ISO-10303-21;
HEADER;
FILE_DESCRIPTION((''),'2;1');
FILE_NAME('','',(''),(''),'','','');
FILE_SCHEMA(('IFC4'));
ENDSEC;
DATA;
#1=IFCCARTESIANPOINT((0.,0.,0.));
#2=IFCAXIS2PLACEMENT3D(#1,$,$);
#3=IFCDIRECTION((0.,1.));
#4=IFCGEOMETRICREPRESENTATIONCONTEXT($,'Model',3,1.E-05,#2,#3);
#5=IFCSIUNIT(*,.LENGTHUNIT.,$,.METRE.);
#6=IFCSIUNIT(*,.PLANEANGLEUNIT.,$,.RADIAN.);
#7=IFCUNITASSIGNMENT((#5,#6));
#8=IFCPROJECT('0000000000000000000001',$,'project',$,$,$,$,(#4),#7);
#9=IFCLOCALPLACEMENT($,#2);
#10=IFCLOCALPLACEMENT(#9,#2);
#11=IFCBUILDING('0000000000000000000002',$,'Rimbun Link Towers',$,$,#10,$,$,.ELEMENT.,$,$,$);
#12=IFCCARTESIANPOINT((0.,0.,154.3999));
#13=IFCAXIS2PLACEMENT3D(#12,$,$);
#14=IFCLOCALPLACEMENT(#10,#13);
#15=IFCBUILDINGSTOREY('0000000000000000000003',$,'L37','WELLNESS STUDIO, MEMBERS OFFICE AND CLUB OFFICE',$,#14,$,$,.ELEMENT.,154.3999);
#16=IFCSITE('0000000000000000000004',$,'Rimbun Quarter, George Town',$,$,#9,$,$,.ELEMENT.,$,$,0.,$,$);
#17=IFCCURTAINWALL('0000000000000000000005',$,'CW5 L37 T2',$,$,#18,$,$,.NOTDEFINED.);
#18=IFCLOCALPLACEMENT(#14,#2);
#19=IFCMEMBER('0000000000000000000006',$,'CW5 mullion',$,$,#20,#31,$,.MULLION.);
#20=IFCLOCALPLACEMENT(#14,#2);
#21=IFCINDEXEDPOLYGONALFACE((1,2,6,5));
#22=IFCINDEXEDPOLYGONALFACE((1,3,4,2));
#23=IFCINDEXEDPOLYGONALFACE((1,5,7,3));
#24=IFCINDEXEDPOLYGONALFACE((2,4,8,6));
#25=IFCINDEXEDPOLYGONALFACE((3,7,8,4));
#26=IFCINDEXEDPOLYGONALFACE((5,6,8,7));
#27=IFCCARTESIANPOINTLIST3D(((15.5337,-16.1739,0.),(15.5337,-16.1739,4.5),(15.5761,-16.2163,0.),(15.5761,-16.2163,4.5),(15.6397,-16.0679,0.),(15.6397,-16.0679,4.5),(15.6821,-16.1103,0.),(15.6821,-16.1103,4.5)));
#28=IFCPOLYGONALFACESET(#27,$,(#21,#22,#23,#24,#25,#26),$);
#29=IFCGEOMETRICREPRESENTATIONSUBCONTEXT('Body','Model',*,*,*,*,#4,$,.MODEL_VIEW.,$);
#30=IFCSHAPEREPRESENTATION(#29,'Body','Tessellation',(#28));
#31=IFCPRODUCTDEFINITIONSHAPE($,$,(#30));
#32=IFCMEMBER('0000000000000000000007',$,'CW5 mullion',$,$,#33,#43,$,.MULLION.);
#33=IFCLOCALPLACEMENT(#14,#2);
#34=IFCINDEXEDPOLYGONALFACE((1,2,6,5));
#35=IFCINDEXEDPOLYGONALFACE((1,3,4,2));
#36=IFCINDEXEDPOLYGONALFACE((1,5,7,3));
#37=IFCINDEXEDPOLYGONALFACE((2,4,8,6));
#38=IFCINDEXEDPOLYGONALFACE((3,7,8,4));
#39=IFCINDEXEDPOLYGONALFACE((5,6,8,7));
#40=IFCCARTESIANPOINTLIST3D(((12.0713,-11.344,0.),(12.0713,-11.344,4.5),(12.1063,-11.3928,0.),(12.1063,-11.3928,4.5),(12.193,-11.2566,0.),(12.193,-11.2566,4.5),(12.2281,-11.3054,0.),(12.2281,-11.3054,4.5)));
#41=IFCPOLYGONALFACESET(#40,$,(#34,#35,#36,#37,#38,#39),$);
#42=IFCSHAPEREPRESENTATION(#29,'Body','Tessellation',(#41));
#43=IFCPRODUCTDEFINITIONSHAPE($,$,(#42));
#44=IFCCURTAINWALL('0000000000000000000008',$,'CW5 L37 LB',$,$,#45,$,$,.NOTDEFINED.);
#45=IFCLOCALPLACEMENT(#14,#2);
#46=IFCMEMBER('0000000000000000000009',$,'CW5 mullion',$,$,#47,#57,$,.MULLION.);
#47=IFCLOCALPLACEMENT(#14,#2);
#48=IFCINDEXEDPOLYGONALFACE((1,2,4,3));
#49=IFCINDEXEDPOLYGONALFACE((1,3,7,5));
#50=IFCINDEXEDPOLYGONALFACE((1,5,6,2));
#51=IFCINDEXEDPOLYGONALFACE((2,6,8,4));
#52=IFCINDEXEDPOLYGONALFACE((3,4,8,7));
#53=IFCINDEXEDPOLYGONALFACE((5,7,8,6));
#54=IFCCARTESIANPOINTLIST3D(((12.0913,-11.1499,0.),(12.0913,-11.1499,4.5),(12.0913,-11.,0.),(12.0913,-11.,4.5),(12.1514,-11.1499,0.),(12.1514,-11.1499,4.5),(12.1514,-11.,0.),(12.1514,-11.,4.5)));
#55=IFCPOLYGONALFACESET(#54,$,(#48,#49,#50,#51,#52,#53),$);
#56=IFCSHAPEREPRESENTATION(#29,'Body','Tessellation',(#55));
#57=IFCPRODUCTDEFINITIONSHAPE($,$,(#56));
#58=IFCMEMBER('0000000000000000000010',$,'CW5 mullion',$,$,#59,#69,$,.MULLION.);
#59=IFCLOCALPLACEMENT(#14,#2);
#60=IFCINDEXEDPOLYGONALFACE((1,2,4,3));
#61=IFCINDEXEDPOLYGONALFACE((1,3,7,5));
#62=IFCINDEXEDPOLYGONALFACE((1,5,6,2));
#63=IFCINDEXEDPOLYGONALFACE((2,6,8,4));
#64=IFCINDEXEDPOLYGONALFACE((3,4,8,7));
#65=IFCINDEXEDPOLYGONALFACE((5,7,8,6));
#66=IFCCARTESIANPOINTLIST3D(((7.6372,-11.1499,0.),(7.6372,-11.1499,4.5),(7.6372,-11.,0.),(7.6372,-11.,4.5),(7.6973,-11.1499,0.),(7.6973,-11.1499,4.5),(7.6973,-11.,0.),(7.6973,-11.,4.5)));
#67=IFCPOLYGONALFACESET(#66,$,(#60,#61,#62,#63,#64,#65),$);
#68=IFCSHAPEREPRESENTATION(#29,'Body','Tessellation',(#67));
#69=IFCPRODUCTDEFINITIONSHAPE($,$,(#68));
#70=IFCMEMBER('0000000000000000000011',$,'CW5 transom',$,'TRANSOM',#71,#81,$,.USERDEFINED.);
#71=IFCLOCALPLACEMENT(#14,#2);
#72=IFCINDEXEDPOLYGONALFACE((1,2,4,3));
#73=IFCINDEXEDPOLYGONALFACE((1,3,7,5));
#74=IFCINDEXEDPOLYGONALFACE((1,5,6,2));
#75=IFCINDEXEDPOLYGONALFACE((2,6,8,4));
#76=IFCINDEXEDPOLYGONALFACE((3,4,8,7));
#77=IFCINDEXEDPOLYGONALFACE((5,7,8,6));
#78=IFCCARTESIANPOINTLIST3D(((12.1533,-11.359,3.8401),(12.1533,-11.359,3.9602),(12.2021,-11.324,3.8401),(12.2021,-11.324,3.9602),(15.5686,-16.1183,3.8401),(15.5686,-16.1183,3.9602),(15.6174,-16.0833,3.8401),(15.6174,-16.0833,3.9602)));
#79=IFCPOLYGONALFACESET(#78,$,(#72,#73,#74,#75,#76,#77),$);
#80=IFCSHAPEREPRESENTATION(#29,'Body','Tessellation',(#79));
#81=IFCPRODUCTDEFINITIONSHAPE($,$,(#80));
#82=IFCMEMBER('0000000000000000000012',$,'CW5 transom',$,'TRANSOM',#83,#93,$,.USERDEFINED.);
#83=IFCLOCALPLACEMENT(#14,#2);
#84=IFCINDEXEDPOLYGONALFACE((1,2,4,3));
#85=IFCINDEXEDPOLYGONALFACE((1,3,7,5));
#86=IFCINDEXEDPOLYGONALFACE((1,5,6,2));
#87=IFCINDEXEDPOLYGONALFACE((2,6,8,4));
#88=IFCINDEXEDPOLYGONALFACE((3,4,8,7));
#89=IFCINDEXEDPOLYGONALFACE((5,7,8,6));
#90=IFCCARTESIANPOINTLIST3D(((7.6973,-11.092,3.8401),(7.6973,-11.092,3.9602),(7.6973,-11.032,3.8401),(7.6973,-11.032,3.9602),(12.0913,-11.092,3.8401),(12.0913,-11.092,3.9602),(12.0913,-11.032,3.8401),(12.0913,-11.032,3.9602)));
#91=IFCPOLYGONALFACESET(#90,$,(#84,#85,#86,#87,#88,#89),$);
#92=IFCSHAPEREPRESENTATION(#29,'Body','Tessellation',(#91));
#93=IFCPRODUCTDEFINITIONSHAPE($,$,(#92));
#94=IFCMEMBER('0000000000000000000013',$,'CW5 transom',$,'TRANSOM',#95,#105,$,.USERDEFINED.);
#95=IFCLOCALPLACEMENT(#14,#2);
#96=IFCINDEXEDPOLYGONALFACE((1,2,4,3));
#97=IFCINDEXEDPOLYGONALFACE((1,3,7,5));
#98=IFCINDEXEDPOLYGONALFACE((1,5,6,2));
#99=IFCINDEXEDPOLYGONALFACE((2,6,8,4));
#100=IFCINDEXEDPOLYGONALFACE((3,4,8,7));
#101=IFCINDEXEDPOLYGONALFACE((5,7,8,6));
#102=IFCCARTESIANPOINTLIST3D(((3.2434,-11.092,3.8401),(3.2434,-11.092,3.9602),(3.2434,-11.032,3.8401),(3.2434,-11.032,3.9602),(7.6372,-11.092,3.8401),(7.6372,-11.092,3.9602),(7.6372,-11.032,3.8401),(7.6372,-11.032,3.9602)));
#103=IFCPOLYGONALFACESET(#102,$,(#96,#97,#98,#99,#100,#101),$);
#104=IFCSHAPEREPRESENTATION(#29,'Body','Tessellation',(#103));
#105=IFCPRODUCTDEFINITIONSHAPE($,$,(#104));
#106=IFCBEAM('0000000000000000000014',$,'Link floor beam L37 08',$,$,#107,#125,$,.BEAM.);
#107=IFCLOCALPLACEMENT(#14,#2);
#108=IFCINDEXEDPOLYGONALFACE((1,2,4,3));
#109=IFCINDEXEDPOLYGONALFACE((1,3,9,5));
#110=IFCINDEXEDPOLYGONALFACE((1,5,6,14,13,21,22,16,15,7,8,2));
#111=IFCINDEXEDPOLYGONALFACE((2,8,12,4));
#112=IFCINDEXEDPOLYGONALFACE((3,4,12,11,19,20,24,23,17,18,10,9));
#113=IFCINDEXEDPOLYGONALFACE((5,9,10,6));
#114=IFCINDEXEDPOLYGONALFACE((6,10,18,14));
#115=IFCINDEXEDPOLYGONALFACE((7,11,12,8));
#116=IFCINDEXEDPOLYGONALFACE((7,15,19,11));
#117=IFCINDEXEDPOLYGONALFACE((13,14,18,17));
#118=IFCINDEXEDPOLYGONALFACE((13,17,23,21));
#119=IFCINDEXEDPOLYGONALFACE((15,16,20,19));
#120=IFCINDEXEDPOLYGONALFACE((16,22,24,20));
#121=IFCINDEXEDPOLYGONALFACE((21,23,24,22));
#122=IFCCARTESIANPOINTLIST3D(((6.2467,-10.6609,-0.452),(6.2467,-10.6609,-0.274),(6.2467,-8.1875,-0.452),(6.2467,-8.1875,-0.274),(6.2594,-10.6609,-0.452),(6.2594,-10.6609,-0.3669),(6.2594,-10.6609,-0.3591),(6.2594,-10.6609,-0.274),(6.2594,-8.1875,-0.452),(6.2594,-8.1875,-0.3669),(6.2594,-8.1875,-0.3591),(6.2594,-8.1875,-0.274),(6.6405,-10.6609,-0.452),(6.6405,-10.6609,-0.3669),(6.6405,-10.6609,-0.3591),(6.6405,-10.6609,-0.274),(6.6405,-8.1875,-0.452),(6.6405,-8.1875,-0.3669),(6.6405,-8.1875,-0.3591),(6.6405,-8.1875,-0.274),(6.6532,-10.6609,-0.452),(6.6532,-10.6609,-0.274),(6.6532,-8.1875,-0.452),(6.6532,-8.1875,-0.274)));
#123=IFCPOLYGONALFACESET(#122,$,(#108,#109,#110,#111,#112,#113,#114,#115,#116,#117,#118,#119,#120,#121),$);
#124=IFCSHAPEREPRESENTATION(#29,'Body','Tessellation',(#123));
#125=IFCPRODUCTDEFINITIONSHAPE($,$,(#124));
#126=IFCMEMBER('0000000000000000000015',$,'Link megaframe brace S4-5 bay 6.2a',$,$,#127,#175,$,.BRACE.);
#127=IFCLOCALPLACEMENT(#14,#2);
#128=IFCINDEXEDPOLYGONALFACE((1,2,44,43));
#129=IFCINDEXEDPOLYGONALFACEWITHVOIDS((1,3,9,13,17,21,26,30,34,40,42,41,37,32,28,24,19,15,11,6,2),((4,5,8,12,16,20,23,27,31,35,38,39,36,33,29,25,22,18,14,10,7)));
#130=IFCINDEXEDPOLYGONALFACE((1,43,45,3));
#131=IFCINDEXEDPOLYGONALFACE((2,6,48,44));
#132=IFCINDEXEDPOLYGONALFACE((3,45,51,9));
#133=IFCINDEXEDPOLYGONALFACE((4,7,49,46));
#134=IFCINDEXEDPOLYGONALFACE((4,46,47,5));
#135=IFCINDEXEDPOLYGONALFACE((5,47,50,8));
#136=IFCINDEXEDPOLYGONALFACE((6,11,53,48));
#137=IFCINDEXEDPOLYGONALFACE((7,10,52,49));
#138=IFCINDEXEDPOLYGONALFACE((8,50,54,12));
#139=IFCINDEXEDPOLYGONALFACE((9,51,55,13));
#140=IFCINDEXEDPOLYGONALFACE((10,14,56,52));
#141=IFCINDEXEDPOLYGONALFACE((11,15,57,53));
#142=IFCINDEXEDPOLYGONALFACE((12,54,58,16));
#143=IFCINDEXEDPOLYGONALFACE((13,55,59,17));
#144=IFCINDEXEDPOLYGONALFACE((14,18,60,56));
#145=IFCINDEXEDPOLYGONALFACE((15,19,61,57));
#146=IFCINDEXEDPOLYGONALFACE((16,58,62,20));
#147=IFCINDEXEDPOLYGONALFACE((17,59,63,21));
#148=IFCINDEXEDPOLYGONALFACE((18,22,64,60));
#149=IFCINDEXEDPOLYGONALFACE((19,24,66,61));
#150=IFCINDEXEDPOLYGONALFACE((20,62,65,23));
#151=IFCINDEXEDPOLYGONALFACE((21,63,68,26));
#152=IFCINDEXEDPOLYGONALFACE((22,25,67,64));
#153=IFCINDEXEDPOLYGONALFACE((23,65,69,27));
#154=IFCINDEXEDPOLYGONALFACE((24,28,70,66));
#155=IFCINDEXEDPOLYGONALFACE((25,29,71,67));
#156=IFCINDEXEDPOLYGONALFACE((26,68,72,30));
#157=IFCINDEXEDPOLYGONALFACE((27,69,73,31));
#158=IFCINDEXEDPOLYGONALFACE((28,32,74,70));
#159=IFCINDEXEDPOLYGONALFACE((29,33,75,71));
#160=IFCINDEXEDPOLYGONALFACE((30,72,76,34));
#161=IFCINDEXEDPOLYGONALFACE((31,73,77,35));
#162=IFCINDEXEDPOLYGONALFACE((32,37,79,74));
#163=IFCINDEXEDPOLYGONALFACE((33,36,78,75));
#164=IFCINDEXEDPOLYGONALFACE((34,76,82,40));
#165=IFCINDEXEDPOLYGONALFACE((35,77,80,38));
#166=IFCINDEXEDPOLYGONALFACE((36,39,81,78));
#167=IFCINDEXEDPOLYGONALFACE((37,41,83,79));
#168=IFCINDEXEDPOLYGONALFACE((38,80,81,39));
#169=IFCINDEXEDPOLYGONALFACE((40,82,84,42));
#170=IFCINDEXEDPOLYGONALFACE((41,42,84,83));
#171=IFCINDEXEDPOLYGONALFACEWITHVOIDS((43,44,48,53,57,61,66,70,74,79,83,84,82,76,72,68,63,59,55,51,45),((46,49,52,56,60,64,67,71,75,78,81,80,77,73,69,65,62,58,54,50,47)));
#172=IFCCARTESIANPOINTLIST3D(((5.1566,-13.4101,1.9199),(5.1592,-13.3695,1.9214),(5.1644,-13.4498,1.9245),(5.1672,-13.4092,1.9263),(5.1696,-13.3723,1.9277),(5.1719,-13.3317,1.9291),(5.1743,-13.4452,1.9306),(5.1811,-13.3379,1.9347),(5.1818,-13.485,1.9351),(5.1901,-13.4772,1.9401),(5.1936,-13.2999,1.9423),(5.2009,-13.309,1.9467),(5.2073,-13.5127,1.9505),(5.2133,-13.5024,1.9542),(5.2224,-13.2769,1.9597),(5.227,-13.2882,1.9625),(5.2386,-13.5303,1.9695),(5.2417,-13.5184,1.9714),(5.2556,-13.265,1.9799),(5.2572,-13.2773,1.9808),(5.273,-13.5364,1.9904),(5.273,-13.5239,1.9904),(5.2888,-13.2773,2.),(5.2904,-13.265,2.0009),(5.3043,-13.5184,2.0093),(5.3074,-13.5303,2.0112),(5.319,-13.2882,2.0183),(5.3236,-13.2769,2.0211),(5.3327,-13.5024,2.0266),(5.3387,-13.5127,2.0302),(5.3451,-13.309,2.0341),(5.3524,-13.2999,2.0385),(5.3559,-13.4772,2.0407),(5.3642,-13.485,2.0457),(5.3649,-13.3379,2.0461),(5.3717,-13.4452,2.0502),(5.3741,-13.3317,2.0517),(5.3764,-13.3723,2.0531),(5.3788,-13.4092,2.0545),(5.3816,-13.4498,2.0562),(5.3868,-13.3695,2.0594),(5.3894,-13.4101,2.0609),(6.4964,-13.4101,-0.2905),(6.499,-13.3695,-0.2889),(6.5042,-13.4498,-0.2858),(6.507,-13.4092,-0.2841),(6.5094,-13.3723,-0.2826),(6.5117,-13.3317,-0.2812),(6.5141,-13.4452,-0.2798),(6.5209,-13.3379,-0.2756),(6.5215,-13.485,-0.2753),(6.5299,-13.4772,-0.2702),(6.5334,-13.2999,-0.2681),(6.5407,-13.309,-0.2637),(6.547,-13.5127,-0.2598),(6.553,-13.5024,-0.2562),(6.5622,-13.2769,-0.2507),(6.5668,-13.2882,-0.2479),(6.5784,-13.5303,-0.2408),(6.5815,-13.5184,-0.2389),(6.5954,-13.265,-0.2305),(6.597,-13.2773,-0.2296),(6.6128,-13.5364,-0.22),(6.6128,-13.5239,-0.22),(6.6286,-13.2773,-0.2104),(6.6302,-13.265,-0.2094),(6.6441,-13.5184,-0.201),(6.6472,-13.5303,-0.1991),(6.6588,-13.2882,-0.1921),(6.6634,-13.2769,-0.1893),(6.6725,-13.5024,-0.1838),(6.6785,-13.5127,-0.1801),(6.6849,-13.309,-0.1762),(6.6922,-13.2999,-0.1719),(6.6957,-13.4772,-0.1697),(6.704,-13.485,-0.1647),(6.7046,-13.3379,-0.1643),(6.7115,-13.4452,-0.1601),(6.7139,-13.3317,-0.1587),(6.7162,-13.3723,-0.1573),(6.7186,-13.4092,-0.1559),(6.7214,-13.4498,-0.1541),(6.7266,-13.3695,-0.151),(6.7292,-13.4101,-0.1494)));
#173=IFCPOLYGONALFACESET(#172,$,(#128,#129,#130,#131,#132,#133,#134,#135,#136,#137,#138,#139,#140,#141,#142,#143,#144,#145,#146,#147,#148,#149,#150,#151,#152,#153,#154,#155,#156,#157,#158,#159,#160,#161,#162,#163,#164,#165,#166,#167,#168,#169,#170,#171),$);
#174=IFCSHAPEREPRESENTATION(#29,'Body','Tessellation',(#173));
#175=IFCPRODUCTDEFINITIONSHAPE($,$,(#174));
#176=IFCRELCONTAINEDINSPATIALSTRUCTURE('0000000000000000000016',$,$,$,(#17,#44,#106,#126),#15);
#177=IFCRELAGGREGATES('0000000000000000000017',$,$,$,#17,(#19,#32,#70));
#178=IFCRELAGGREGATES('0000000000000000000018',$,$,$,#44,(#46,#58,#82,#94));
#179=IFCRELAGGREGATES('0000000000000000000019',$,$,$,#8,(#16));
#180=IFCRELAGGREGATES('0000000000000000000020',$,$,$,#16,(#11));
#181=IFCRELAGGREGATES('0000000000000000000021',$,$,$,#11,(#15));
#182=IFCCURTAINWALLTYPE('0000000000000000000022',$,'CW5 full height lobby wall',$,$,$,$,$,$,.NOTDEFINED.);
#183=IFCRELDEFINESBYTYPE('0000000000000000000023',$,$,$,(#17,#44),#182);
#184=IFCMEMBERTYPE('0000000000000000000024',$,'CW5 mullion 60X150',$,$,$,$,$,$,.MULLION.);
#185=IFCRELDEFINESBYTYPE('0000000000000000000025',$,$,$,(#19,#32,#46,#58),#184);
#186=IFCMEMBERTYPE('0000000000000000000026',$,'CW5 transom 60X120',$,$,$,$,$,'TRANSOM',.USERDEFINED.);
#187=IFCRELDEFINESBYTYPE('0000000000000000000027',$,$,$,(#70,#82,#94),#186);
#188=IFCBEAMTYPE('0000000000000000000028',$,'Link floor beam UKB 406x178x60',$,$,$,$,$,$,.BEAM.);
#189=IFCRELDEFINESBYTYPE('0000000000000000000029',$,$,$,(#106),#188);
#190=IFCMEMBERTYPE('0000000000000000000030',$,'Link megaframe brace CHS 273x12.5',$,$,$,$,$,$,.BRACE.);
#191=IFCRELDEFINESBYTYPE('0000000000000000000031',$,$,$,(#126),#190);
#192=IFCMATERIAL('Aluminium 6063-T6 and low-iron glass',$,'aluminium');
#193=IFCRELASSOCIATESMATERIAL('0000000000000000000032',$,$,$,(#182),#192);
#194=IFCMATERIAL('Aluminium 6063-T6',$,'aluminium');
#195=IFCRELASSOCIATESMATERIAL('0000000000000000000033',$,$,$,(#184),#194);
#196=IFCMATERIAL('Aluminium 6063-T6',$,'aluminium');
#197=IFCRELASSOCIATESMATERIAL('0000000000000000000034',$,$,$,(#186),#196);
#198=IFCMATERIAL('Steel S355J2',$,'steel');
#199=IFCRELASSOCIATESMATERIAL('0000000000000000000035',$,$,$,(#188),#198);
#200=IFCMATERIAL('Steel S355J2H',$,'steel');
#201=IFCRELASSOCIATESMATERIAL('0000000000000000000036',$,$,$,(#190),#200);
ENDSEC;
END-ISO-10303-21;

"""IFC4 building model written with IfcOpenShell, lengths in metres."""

from ifc_helpers import new_model, si_unit, direction, frame, origin, origin_2d, place, context, subcontext, project, spatial, rectangle, hollow_circle, i_section, extrude, material, material_profile, profile_set, type_object, element, aggregate, save


model = new_model("IFC4")

# Units and contexts
model_context = context("Model", 3, precision=1e-05, world=origin(), true_north=direction((0.0, 1.0)))
body_context = subcontext(model_context, "Body", "Model", "MODEL_VIEW")
ifc_project = project(units=[si_unit("LENGTHUNIT", "METRE"), si_unit("PLANEANGLEUNIT", "RADIAN")], contexts=[model_context])

# Site, building, storey
site_placement = place(None, origin())
site = spatial("IfcSite", under=ifc_project, at=site_placement, Name="Rimbun Quarter, George Town", CompositionType="ELEMENT", RefElevation=0.0)
building_placement = place(site_placement, origin())
building = spatial("IfcBuilding", under=site, at=building_placement, Name="Rimbun Link Towers", CompositionType="ELEMENT")
storey_placement = place(building_placement, frame((0.0, 0.0, 154.3999)))
storey = spatial("IfcBuildingStorey", under=building, at=storey_placement, Name="L37", Description="WELLNESS STUDIO, MEMBERS OFFICE AND CLUB OFFICE", CompositionType="ELEMENT", Elevation=154.3999)

# Curtain walls, members
ifc_material_1 = material(Name="Aluminium 6063-T6 and low-iron glass", Category="aluminium")
curtain_wall_type = type_object("IfcCurtainWallType", Name="CW5 full height lobby wall", PredefinedType="NOTDEFINED", material=ifc_material_1)
curtain_wall_1_placement = place(storey_placement, origin())
curtain_wall_1 = element("IfcCurtainWall", 1, at=curtain_wall_1_placement, inside=storey, type_object=curtain_wall_type, Name="CW5 L37 T2", PredefinedType="NOTDEFINED")
ifc_material_2 = material(Name="Aluminium 6063-T6", Category="aluminium")
ifc_material_profile_1 = material_profile(ifc_material_2, rectangle(XDim=0.1499, YDim=0.0601, at=origin_2d()), Name="MULLION 60X150")
ifc_profile_set_1 = profile_set([ifc_material_profile_1], Name="Aluminium 6063-T6")
member_type_1 = type_object("IfcMemberType", Name="CW5 mullion 60X150", PredefinedType="MULLION", material=ifc_profile_set_1)
member_1_placement = place(storey_placement, frame((15.6079, -16.1421, 0.0), z_axis=(0.0, 0.0, 1.0), x_axis=(-0.707107, -0.707107, 0.0)))
member_1 = element("IfcMember", 2, at=member_1_placement, type_object=member_type_1, Name="CW5 mullion", PredefinedType="MULLION", context=body_context, shape_type="SweptSolid", body=[
    extrude(rectangle(XDim=0.1499, YDim=0.0601, at=origin_2d()), origin(), (0.0, 0.0, 1.0), 4.5),
])
member_2_placement = place(storey_placement, frame((12.1497, -11.3247, 0.0), z_axis=(0.0, 0.0, 1.0), x_axis=(-0.812465, -0.583009, 0.0)))
member_2 = element("IfcMember", 3, at=member_2_placement, type_object=member_type_1, Name="CW5 mullion", PredefinedType="MULLION", context=body_context, shape_type="SweptSolid", body=[
    extrude(rectangle(XDim=0.1499, YDim=0.0601, at=origin_2d()), origin(), (0.0, 0.0, 1.0), 4.5),
])
curtain_wall_2_placement = place(storey_placement, origin())
curtain_wall_2 = element("IfcCurtainWall", 4, at=curtain_wall_2_placement, inside=storey, type_object=curtain_wall_type, Name="CW5 L37 LB", PredefinedType="NOTDEFINED")
member_3_placement = place(storey_placement, frame((12.1213, -11.075, 0.0), z_axis=(0.0, 0.0, 1.0), x_axis=(0.0, -1.0, 0.0)))
member_3 = element("IfcMember", 5, at=member_3_placement, type_object=member_type_1, Name="CW5 mullion", PredefinedType="MULLION", context=body_context, shape_type="SweptSolid", body=[
    extrude(rectangle(XDim=0.1499, YDim=0.0601, at=origin_2d()), origin(), (0.0, 0.0, 1.0), 4.5),
])
member_4_placement = place(storey_placement, frame((7.6672, -11.075, 0.0), z_axis=(0.0, 0.0, 1.0), x_axis=(0.0, -1.0, 0.0)))
member_4 = element("IfcMember", 6, at=member_4_placement, type_object=member_type_1, Name="CW5 mullion", PredefinedType="MULLION", context=body_context, shape_type="SweptSolid", body=[
    extrude(rectangle(XDim=0.1499, YDim=0.0601, at=origin_2d()), origin(), (0.0, 0.0, 1.0), 4.5),
])

# Members
ifc_material_3 = material(Name="Aluminium 6063-T6", Category="aluminium")
ifc_material_profile_2 = material_profile(ifc_material_3, rectangle(XDim=0.0601, YDim=0.1201, at=origin_2d()), Name="TRANSOM 60X120")
ifc_profile_set_2 = profile_set([ifc_material_profile_2], Name="Aluminium 6063-T6")
member_type_2 = type_object("IfcMemberType", Name="CW5 transom 60X120", ElementType="TRANSOM", PredefinedType="USERDEFINED", material=ifc_profile_set_2)
member_5_placement = place(storey_placement, frame((15.593, -16.1008, 3.9001), z_axis=(-0.583023, 0.812456, 0.0), x_axis=(-0.812456, -0.583023, 0.0)))
member_5 = element("IfcMember", 7, at=member_5_placement, type_object=member_type_2, Name="CW5 transom", ObjectType="TRANSOM", PredefinedType="USERDEFINED", context=body_context, shape_type="SweptSolid", body=[
    extrude(rectangle(XDim=0.0601, YDim=0.1201, at=origin_2d()), origin(), (0.0, 0.0, 1.0), 5.8579),
])
member_6_placement = place(storey_placement, frame((12.0913, -11.062, 3.9001), z_axis=(-1.0, 0.0, 0.0), x_axis=(0.0, -1.0, 0.0)))
member_6 = element("IfcMember", 8, at=member_6_placement, type_object=member_type_2, Name="CW5 transom", ObjectType="TRANSOM", PredefinedType="USERDEFINED", context=body_context, shape_type="SweptSolid", body=[
    extrude(rectangle(XDim=0.0601, YDim=0.1201, at=origin_2d()), origin(), (0.0, 0.0, 1.0), 4.394),
])
member_7_placement = place(storey_placement, frame((7.6372, -11.062, 3.9001), z_axis=(-1.0, 0.0, 0.0), x_axis=(0.0, -1.0, 0.0)))
member_7 = element("IfcMember", 9, at=member_7_placement, type_object=member_type_2, Name="CW5 transom", ObjectType="TRANSOM", PredefinedType="USERDEFINED", context=body_context, shape_type="SweptSolid", body=[
    extrude(rectangle(XDim=0.0601, YDim=0.1201, at=origin_2d()), origin(), (0.0, 0.0, 1.0), 4.3938),
])

# Beam
ifc_material_4 = material(Name="Steel S355J2", Category="steel")
ifc_material_profile_3 = material_profile(ifc_material_4, i_section(OverallWidth=0.178, OverallDepth=0.4065, WebThickness=0.0078, FlangeThickness=0.0127, at=origin_2d()), Name="UKB 406x178x60")
ifc_profile_set_3 = profile_set([ifc_material_profile_3], Name="Steel S355J2")
beam_type_1 = type_object("IfcBeamType", Name="Link floor beam UKB 406x178x60", PredefinedType="BEAM", material=ifc_profile_set_3)
beam_1_placement = place(storey_placement, frame((6.45, -10.6609, -0.363), z_axis=(0.0, 1.0, 0.0), x_axis=(0.0, 0.0, 1.0)))
element("IfcBeam", 10, at=beam_1_placement, inside=storey, type_object=beam_type_1, Name="Link floor beam L37 08", PredefinedType="BEAM", context=body_context, shape_type="SweptSolid", body=[
    extrude(i_section(OverallWidth=0.178, OverallDepth=0.4065, WebThickness=0.0078, FlangeThickness=0.0127, at=origin_2d()), origin(), (0.0, 0.0, 1.0), 2.4734),
])

# Member
ifc_material_5 = material(Name="Steel S355J2H", Category="steel")
ifc_material_profile_4 = material_profile(ifc_material_5, hollow_circle(Radius=0.1365, WallThickness=0.0125, at=origin_2d()), Name="CHS 273x12.5")
ifc_profile_set_4 = profile_set([ifc_material_profile_4], Name="Steel S355J2H")
member_type_3 = type_object("IfcMemberType", Name="Link megaframe brace CHS 273x12.5", PredefinedType="BRACE", material=ifc_profile_set_4)
member_8_placement = place(storey_placement, frame((6.6128, -13.3999, -0.22), z_axis=(-0.518352, 0.0, 0.855167), x_axis=(0.0, -1.0, 0.0)))
element("IfcMember", 11, at=member_8_placement, inside=storey, type_object=member_type_3, Name="Link megaframe brace S4-5 bay 6.2a", PredefinedType="BRACE", context=body_context, shape_type="SweptSolid", body=[
    extrude(hollow_circle(Radius=0.1365, WallThickness=0.0125, at=origin_2d()), origin(), (0.0, 0.0, 1.0), 2.5847),
])

aggregate(curtain_wall_1, [member_1, member_2, member_5])
aggregate(curtain_wall_2, [member_3, member_4, member_6, member_7])

save(model, "model.ifc")
